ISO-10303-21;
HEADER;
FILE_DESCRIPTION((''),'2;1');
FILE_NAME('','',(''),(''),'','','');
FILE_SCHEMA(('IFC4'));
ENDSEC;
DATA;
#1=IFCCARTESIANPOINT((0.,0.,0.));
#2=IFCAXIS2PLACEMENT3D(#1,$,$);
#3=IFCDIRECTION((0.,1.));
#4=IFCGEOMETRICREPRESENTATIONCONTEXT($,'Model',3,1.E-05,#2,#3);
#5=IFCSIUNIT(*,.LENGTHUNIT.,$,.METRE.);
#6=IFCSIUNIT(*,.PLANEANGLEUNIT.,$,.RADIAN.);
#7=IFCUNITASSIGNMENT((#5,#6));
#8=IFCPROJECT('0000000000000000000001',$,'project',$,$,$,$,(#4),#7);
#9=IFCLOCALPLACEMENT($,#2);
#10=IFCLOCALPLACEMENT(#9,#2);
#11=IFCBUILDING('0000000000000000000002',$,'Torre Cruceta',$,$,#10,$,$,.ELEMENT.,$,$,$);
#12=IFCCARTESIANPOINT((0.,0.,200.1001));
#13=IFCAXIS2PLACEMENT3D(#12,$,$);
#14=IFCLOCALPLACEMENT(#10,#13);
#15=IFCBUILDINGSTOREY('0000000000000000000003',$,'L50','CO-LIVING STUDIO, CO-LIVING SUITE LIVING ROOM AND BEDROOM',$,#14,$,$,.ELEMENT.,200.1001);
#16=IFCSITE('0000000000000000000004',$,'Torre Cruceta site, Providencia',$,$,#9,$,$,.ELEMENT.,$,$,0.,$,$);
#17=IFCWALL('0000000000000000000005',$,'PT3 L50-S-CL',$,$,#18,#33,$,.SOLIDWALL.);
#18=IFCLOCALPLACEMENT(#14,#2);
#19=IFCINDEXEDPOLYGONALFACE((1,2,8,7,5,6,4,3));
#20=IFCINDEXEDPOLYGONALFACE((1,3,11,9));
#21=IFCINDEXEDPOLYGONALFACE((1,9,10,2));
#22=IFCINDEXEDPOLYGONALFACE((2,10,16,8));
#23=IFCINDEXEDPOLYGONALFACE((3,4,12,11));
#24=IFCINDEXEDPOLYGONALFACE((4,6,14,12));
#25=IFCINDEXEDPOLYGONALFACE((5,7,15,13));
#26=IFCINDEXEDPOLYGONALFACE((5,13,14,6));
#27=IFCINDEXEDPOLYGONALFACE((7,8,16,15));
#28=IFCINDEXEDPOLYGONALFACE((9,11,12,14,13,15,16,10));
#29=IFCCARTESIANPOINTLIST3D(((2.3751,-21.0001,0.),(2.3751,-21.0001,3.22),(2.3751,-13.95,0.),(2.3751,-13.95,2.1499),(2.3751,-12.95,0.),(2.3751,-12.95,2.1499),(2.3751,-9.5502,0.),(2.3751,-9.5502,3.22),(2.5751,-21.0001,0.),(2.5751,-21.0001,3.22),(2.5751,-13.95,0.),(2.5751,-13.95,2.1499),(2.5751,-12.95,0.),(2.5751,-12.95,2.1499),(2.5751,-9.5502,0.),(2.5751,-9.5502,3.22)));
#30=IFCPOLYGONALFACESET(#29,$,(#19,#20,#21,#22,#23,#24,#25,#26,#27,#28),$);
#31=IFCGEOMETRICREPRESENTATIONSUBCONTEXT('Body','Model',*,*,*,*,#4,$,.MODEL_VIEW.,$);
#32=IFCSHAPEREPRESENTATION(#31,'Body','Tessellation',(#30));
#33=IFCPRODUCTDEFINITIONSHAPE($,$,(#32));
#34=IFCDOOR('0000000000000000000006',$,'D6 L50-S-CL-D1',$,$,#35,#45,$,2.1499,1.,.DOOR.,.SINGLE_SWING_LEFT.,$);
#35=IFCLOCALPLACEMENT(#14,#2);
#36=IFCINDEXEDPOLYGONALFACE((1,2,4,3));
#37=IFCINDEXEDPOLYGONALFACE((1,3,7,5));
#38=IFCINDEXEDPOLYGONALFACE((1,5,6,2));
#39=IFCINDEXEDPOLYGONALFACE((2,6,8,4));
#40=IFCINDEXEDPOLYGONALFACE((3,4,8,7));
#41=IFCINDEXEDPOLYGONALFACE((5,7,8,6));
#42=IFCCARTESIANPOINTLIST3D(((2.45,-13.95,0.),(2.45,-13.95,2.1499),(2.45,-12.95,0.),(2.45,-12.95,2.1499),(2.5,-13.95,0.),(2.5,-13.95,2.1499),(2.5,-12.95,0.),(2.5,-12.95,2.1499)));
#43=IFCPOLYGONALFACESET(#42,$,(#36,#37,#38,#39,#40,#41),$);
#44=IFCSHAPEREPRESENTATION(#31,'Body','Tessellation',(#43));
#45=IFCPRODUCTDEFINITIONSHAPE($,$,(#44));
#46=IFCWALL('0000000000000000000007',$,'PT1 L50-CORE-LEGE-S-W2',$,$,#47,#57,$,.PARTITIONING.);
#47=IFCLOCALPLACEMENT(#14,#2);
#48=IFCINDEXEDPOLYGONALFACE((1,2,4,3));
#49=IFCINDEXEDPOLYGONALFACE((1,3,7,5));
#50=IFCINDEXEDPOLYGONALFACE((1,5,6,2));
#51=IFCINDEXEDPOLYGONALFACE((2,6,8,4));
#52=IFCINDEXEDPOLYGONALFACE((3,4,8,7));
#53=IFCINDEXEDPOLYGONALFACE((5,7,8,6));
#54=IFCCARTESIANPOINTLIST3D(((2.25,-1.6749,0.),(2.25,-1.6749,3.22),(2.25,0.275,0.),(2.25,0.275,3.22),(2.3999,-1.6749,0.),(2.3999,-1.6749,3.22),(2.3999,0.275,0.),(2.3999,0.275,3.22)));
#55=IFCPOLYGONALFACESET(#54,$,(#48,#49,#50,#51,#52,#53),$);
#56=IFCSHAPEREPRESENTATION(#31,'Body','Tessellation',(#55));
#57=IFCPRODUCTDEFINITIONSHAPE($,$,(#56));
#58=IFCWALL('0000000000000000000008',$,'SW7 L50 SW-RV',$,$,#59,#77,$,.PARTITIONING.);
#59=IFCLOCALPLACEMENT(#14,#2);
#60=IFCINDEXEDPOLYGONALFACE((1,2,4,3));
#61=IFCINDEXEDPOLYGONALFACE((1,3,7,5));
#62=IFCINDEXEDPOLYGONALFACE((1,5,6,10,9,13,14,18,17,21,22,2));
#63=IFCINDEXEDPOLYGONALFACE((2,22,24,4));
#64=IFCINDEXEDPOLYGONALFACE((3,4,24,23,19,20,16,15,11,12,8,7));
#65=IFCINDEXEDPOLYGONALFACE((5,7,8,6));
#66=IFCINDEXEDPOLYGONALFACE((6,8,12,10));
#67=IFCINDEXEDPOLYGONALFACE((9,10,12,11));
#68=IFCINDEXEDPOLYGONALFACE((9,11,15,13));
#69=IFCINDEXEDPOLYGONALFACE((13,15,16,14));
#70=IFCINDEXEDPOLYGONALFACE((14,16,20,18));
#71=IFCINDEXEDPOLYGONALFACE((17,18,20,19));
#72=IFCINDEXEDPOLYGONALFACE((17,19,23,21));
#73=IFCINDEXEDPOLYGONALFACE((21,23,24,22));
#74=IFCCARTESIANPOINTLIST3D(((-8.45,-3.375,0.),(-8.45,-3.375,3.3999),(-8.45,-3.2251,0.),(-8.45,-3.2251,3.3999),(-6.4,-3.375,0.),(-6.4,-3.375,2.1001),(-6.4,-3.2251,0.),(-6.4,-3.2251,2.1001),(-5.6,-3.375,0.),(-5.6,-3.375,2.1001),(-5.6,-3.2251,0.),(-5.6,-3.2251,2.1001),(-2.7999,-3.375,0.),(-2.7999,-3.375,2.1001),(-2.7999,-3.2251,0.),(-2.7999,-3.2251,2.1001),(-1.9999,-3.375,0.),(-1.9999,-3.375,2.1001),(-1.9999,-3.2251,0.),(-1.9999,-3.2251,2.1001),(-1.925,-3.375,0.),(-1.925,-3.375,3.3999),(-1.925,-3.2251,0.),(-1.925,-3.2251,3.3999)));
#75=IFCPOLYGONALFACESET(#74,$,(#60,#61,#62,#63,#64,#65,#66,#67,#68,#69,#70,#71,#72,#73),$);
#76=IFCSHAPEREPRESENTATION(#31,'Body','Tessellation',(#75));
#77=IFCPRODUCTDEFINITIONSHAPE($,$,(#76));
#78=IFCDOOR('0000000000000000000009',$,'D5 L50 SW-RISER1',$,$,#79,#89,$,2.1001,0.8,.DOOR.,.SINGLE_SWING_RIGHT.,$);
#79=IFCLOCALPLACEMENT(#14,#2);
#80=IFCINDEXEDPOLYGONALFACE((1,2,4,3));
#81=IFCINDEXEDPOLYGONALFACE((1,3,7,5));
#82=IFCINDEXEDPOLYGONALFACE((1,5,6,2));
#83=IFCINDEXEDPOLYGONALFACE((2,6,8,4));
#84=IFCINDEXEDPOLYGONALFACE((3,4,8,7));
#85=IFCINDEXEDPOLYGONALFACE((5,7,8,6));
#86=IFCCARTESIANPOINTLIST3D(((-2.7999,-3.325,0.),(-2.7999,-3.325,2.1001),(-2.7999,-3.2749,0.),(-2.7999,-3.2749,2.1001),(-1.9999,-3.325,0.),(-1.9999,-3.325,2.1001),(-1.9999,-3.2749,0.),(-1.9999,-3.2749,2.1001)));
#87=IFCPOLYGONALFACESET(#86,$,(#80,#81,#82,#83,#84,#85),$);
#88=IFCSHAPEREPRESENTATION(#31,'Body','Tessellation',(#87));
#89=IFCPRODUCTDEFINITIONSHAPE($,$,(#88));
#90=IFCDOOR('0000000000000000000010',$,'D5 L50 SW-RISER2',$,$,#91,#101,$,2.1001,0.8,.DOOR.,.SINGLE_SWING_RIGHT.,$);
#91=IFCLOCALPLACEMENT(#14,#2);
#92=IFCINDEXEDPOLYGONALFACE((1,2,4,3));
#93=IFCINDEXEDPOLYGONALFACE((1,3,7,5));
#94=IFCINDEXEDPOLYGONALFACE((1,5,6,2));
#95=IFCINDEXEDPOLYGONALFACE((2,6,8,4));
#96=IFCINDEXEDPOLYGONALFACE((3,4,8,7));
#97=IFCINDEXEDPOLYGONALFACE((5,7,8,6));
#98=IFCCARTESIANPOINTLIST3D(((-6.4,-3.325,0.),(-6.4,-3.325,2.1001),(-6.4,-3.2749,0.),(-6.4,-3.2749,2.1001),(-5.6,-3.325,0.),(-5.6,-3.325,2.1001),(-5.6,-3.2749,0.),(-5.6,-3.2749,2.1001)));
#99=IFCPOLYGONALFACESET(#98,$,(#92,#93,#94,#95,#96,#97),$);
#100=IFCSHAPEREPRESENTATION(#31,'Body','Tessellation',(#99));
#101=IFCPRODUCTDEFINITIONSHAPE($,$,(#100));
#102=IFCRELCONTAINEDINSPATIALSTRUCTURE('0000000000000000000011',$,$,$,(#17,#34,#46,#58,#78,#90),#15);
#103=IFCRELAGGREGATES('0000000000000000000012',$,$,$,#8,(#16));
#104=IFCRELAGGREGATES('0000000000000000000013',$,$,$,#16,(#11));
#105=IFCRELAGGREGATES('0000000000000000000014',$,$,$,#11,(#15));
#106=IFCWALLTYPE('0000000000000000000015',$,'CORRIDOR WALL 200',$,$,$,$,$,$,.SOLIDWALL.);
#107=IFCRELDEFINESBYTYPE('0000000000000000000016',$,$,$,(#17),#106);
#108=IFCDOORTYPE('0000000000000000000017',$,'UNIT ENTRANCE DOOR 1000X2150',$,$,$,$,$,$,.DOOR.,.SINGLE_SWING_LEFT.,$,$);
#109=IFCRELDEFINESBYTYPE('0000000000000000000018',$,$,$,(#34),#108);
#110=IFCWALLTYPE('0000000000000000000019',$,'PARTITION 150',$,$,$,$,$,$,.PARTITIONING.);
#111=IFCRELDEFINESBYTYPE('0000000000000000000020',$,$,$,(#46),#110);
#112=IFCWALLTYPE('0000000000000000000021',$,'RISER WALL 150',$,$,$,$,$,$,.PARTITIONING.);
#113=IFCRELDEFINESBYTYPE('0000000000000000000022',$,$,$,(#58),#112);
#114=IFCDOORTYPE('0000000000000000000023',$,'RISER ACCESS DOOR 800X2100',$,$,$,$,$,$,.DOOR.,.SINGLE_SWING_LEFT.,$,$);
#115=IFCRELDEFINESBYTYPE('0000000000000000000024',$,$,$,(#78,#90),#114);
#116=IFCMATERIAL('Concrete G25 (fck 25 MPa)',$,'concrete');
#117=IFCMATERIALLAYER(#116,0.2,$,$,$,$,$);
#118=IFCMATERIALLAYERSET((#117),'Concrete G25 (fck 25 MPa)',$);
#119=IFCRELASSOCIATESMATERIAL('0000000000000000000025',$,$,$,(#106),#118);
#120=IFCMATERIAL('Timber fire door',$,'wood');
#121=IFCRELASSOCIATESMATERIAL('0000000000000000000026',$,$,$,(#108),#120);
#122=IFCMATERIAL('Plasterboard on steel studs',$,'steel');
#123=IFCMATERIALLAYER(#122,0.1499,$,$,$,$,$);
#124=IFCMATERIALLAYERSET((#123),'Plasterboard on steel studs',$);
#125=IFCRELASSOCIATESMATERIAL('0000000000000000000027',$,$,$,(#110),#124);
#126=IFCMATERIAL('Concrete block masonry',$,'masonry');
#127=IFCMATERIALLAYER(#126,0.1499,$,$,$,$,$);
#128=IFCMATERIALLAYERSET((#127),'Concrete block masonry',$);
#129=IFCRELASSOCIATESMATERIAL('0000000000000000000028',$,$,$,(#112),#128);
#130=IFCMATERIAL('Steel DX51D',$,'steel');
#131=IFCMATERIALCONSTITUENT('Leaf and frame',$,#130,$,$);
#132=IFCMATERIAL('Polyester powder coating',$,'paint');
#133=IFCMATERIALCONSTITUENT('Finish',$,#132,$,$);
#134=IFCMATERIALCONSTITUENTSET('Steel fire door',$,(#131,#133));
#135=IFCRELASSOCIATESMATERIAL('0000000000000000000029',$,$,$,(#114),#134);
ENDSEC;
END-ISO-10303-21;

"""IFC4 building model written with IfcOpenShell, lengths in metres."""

from ifc_helpers import new_model, si_unit, direction, frame, frame_2d, origin, place, context, subcontext, project, spatial, rectangle, extrude, material, layer, layer_set, constituent, constituent_set, type_object, element, fill, save


model = new_model("IFC4")

# Units and contexts
model_context = context("Model", 3, precision=1e-05, world=origin(), true_north=direction((0.0, 1.0)))
body_context = subcontext(model_context, "Body", "Model", "MODEL_VIEW")
ifc_project = project(units=[si_unit("LENGTHUNIT", "METRE"), si_unit("PLANEANGLEUNIT", "RADIAN")], contexts=[model_context])

# Site, building, storey
site_placement = place(None, origin())
site = spatial("IfcSite", under=ifc_project, at=site_placement, Name="Torre Cruceta site, Providencia", CompositionType="ELEMENT", RefElevation=0.0)
building_placement = place(site_placement, origin())
building = spatial("IfcBuilding", under=site, at=building_placement, Name="Torre Cruceta", CompositionType="ELEMENT")
storey_placement = place(building_placement, frame((0.0, 0.0, 200.1001)))
storey = spatial("IfcBuildingStorey", under=building, at=storey_placement, Name="L50", Description="CO-LIVING STUDIO, CO-LIVING SUITE LIVING ROOM AND BEDROOM", CompositionType="ELEMENT", Elevation=200.1001)

# Wall, opening, door
ifc_material_1 = material(Name="Concrete G25 (fck 25 MPa)", Category="concrete")
ifc_layer_1 = layer(ifc_material_1, 0.2)
ifc_layer_set_1 = layer_set([ifc_layer_1], Name="Concrete G25 (fck 25 MPa)")
wall_type_1 = type_object("IfcWallType", Name="CORRIDOR WALL 200", PredefinedType="SOLIDWALL", material=ifc_layer_set_1)
wall_1_placement = place(storey_placement, frame((2.4751, -9.55, 0.0), z_axis=(0.0, 0.0, 1.0), x_axis=(0.0, -1.0, 0.0)))
wall_1 = element("IfcWall", 1, at=wall_1_placement, inside=storey, type_object=wall_type_1, Name="PT3 L50-S-CL", PredefinedType="SOLIDWALL", context=body_context, shape_type="SweptSolid", body=[
    extrude(rectangle(XDim=11.45, YDim=0.2, at=frame_2d((5.7251, 0.0))), origin(), (0.0, 0.0, 1.0), 3.22),
])
opening_1_placement = place(wall_1_placement, frame((3.3999, 0.0, 0.0)))
opening_1 = element("IfcOpeningElement", 2, at=opening_1_placement, cuts=wall_1, PredefinedType="OPENING", context=body_context, shape_type="SweptSolid", body=[
    extrude(rectangle(XDim=1.0, YDim=2.1499, at=frame_2d((0.5, 1.075))), frame((0.0, 0.1099, 0.0), z_axis=(0.0, -1.0, 0.0), x_axis=(1.0, 0.0, 0.0)), (0.0, 0.0, 1.0), 0.22),
])
ifc_material_2 = material(Name="Timber fire door", Category="wood")
door_type_1 = type_object("IfcDoorType", Name="UNIT ENTRANCE DOOR 1000X2150", OperationType="SINGLE_SWING_LEFT", PredefinedType="DOOR", material=ifc_material_2)
door_1_placement = place(opening_1_placement, origin())
door_1 = element("IfcDoor", 3, at=door_1_placement, inside=storey, type_object=door_type_1, Name="D6 L50-S-CL-D1", OperationType="SINGLE_SWING_LEFT", OverallHeight=2.1499, OverallWidth=1.0, PredefinedType="DOOR", context=body_context, shape_type="SweptSolid", body=[
    extrude(rectangle(XDim=1.0, YDim=2.1499, at=frame_2d((0.5, 1.075))), frame((0.0, 0.0249, 0.0), z_axis=(0.0, -1.0, 0.0), x_axis=(1.0, 0.0, 0.0)), (0.0, 0.0, 1.0), 0.05),
])
fill(opening_1, door_1)

# Wall
ifc_material_3 = material(Name="Plasterboard on steel studs", Category="steel")
ifc_layer_2 = layer(ifc_material_3, 0.1499)
ifc_layer_set_2 = layer_set([ifc_layer_2], Name="Plasterboard on steel studs")
wall_type_2 = type_object("IfcWallType", Name="PARTITION 150", PredefinedType="PARTITIONING", material=ifc_layer_set_2)
wall_2_placement = place(storey_placement, frame((2.325, -1.675, 0.0), z_axis=(0.0, 0.0, 1.0), x_axis=(0.0, 1.0, 0.0)))
element("IfcWall", 4, at=wall_2_placement, inside=storey, type_object=wall_type_2, Name="PT1 L50-CORE-LEGE-S-W2", PredefinedType="PARTITIONING", context=body_context, shape_type="SweptSolid", body=[
    extrude(rectangle(XDim=1.95, YDim=0.1499, at=frame_2d((0.9751, 0.0))), origin(), (0.0, 0.0, 1.0), 3.22),
])

# Wall, openings, doors
ifc_material_4 = material(Name="Concrete block masonry", Category="masonry")
ifc_layer_3 = layer(ifc_material_4, 0.1499)
ifc_layer_set_3 = layer_set([ifc_layer_3], Name="Concrete block masonry")
wall_type_3 = type_object("IfcWallType", Name="RISER WALL 150", PredefinedType="PARTITIONING", material=ifc_layer_set_3)
wall_3_placement = place(storey_placement, frame((-1.925, -3.3, 0.0), z_axis=(0.0, 0.0, 1.0), x_axis=(-1.0, 0.0, 0.0)))
wall_3 = element("IfcWall", 5, at=wall_3_placement, inside=storey, type_object=wall_type_3, Name="SW7 L50 SW-RV", PredefinedType="PARTITIONING", context=body_context, shape_type="SweptSolid", body=[
    extrude(rectangle(XDim=6.5249, YDim=0.1499, at=frame_2d((3.2625, 0.0))), origin(), (0.0, 0.0, 1.0), 3.3999),
])
opening_2_placement = place(wall_3_placement, frame((0.075, 0.0, 0.0)))
opening_2 = element("IfcOpeningElement", 6, at=opening_2_placement, cuts=wall_3, PredefinedType="OPENING", context=body_context, shape_type="SweptSolid", body=[
    extrude(rectangle(XDim=0.8, YDim=2.1001, at=frame_2d((0.3999, 1.05))), frame((0.0, 0.085, 0.0), z_axis=(0.0, -1.0, 0.0), x_axis=(1.0, 0.0, 0.0)), (0.0, 0.0, 1.0), 0.1699),
])
opening_3_placement = place(wall_3_placement, frame((3.675, 0.0, 0.0)))
opening_3 = element("IfcOpeningElement", 7, at=opening_3_placement, cuts=wall_3, PredefinedType="OPENING", context=body_context, shape_type="SweptSolid", body=[
    extrude(rectangle(XDim=0.8, YDim=2.1001, at=frame_2d((0.3999, 1.05))), frame((0.0, 0.085, 0.0), z_axis=(0.0, -1.0, 0.0), x_axis=(1.0, 0.0, 0.0)), (0.0, 0.0, 1.0), 0.1699),
])
ifc_material_5 = material(Name="Steel DX51D", Category="steel")
ifc_constituent_1 = constituent(ifc_material_5, Name="Leaf and frame")
ifc_material_6 = material(Name="Polyester powder coating", Category="paint")
ifc_constituent_2 = constituent(ifc_material_6, Name="Finish")
ifc_constituent_set_1 = constituent_set(constituents=[ifc_constituent_1, ifc_constituent_2], Name="Steel fire door")
door_type_2 = type_object("IfcDoorType", Name="RISER ACCESS DOOR 800X2100", OperationType="SINGLE_SWING_LEFT", PredefinedType="DOOR", material=ifc_constituent_set_1)
door_2_placement = place(opening_2_placement, frame((0.8, 0.0, 0.0), z_axis=(0.0, 0.0, 1.0), x_axis=(-1.0, 0.0, 0.0)))
door_2 = element("IfcDoor", 8, at=door_2_placement, inside=storey, type_object=door_type_2, Name="D5 L50 SW-RISER1", OperationType="SINGLE_SWING_RIGHT", OverallHeight=2.1001, OverallWidth=0.8, PredefinedType="DOOR", context=body_context, shape_type="SweptSolid", body=[
    extrude(rectangle(XDim=0.8, YDim=2.1001, at=frame_2d((0.4001, 1.05))), frame((0.0, 0.0251, 0.0), z_axis=(0.0, -1.0, 0.0), x_axis=(1.0, 0.0, 0.0)), (0.0, 0.0, 1.0), 0.05),
])
fill(opening_2, door_2)
door_3_placement = place(opening_3_placement, frame((0.8, 0.0, 0.0), z_axis=(0.0, 0.0, 1.0), x_axis=(-1.0, 0.0, 0.0)))
door_3 = element("IfcDoor", 9, at=door_3_placement, inside=storey, type_object=door_type_2, Name="D5 L50 SW-RISER2", OperationType="SINGLE_SWING_RIGHT", OverallHeight=2.1001, OverallWidth=0.8, PredefinedType="DOOR", context=body_context, shape_type="SweptSolid", body=[
    extrude(rectangle(XDim=0.8, YDim=2.1001, at=frame_2d((0.4001, 1.05))), frame((0.0, 0.0251, 0.0), z_axis=(0.0, -1.0, 0.0), x_axis=(1.0, 0.0, 0.0)), (0.0, 0.0, 1.0), 0.05),
])
fill(opening_3, door_3)

save(model, "model.ifc")
